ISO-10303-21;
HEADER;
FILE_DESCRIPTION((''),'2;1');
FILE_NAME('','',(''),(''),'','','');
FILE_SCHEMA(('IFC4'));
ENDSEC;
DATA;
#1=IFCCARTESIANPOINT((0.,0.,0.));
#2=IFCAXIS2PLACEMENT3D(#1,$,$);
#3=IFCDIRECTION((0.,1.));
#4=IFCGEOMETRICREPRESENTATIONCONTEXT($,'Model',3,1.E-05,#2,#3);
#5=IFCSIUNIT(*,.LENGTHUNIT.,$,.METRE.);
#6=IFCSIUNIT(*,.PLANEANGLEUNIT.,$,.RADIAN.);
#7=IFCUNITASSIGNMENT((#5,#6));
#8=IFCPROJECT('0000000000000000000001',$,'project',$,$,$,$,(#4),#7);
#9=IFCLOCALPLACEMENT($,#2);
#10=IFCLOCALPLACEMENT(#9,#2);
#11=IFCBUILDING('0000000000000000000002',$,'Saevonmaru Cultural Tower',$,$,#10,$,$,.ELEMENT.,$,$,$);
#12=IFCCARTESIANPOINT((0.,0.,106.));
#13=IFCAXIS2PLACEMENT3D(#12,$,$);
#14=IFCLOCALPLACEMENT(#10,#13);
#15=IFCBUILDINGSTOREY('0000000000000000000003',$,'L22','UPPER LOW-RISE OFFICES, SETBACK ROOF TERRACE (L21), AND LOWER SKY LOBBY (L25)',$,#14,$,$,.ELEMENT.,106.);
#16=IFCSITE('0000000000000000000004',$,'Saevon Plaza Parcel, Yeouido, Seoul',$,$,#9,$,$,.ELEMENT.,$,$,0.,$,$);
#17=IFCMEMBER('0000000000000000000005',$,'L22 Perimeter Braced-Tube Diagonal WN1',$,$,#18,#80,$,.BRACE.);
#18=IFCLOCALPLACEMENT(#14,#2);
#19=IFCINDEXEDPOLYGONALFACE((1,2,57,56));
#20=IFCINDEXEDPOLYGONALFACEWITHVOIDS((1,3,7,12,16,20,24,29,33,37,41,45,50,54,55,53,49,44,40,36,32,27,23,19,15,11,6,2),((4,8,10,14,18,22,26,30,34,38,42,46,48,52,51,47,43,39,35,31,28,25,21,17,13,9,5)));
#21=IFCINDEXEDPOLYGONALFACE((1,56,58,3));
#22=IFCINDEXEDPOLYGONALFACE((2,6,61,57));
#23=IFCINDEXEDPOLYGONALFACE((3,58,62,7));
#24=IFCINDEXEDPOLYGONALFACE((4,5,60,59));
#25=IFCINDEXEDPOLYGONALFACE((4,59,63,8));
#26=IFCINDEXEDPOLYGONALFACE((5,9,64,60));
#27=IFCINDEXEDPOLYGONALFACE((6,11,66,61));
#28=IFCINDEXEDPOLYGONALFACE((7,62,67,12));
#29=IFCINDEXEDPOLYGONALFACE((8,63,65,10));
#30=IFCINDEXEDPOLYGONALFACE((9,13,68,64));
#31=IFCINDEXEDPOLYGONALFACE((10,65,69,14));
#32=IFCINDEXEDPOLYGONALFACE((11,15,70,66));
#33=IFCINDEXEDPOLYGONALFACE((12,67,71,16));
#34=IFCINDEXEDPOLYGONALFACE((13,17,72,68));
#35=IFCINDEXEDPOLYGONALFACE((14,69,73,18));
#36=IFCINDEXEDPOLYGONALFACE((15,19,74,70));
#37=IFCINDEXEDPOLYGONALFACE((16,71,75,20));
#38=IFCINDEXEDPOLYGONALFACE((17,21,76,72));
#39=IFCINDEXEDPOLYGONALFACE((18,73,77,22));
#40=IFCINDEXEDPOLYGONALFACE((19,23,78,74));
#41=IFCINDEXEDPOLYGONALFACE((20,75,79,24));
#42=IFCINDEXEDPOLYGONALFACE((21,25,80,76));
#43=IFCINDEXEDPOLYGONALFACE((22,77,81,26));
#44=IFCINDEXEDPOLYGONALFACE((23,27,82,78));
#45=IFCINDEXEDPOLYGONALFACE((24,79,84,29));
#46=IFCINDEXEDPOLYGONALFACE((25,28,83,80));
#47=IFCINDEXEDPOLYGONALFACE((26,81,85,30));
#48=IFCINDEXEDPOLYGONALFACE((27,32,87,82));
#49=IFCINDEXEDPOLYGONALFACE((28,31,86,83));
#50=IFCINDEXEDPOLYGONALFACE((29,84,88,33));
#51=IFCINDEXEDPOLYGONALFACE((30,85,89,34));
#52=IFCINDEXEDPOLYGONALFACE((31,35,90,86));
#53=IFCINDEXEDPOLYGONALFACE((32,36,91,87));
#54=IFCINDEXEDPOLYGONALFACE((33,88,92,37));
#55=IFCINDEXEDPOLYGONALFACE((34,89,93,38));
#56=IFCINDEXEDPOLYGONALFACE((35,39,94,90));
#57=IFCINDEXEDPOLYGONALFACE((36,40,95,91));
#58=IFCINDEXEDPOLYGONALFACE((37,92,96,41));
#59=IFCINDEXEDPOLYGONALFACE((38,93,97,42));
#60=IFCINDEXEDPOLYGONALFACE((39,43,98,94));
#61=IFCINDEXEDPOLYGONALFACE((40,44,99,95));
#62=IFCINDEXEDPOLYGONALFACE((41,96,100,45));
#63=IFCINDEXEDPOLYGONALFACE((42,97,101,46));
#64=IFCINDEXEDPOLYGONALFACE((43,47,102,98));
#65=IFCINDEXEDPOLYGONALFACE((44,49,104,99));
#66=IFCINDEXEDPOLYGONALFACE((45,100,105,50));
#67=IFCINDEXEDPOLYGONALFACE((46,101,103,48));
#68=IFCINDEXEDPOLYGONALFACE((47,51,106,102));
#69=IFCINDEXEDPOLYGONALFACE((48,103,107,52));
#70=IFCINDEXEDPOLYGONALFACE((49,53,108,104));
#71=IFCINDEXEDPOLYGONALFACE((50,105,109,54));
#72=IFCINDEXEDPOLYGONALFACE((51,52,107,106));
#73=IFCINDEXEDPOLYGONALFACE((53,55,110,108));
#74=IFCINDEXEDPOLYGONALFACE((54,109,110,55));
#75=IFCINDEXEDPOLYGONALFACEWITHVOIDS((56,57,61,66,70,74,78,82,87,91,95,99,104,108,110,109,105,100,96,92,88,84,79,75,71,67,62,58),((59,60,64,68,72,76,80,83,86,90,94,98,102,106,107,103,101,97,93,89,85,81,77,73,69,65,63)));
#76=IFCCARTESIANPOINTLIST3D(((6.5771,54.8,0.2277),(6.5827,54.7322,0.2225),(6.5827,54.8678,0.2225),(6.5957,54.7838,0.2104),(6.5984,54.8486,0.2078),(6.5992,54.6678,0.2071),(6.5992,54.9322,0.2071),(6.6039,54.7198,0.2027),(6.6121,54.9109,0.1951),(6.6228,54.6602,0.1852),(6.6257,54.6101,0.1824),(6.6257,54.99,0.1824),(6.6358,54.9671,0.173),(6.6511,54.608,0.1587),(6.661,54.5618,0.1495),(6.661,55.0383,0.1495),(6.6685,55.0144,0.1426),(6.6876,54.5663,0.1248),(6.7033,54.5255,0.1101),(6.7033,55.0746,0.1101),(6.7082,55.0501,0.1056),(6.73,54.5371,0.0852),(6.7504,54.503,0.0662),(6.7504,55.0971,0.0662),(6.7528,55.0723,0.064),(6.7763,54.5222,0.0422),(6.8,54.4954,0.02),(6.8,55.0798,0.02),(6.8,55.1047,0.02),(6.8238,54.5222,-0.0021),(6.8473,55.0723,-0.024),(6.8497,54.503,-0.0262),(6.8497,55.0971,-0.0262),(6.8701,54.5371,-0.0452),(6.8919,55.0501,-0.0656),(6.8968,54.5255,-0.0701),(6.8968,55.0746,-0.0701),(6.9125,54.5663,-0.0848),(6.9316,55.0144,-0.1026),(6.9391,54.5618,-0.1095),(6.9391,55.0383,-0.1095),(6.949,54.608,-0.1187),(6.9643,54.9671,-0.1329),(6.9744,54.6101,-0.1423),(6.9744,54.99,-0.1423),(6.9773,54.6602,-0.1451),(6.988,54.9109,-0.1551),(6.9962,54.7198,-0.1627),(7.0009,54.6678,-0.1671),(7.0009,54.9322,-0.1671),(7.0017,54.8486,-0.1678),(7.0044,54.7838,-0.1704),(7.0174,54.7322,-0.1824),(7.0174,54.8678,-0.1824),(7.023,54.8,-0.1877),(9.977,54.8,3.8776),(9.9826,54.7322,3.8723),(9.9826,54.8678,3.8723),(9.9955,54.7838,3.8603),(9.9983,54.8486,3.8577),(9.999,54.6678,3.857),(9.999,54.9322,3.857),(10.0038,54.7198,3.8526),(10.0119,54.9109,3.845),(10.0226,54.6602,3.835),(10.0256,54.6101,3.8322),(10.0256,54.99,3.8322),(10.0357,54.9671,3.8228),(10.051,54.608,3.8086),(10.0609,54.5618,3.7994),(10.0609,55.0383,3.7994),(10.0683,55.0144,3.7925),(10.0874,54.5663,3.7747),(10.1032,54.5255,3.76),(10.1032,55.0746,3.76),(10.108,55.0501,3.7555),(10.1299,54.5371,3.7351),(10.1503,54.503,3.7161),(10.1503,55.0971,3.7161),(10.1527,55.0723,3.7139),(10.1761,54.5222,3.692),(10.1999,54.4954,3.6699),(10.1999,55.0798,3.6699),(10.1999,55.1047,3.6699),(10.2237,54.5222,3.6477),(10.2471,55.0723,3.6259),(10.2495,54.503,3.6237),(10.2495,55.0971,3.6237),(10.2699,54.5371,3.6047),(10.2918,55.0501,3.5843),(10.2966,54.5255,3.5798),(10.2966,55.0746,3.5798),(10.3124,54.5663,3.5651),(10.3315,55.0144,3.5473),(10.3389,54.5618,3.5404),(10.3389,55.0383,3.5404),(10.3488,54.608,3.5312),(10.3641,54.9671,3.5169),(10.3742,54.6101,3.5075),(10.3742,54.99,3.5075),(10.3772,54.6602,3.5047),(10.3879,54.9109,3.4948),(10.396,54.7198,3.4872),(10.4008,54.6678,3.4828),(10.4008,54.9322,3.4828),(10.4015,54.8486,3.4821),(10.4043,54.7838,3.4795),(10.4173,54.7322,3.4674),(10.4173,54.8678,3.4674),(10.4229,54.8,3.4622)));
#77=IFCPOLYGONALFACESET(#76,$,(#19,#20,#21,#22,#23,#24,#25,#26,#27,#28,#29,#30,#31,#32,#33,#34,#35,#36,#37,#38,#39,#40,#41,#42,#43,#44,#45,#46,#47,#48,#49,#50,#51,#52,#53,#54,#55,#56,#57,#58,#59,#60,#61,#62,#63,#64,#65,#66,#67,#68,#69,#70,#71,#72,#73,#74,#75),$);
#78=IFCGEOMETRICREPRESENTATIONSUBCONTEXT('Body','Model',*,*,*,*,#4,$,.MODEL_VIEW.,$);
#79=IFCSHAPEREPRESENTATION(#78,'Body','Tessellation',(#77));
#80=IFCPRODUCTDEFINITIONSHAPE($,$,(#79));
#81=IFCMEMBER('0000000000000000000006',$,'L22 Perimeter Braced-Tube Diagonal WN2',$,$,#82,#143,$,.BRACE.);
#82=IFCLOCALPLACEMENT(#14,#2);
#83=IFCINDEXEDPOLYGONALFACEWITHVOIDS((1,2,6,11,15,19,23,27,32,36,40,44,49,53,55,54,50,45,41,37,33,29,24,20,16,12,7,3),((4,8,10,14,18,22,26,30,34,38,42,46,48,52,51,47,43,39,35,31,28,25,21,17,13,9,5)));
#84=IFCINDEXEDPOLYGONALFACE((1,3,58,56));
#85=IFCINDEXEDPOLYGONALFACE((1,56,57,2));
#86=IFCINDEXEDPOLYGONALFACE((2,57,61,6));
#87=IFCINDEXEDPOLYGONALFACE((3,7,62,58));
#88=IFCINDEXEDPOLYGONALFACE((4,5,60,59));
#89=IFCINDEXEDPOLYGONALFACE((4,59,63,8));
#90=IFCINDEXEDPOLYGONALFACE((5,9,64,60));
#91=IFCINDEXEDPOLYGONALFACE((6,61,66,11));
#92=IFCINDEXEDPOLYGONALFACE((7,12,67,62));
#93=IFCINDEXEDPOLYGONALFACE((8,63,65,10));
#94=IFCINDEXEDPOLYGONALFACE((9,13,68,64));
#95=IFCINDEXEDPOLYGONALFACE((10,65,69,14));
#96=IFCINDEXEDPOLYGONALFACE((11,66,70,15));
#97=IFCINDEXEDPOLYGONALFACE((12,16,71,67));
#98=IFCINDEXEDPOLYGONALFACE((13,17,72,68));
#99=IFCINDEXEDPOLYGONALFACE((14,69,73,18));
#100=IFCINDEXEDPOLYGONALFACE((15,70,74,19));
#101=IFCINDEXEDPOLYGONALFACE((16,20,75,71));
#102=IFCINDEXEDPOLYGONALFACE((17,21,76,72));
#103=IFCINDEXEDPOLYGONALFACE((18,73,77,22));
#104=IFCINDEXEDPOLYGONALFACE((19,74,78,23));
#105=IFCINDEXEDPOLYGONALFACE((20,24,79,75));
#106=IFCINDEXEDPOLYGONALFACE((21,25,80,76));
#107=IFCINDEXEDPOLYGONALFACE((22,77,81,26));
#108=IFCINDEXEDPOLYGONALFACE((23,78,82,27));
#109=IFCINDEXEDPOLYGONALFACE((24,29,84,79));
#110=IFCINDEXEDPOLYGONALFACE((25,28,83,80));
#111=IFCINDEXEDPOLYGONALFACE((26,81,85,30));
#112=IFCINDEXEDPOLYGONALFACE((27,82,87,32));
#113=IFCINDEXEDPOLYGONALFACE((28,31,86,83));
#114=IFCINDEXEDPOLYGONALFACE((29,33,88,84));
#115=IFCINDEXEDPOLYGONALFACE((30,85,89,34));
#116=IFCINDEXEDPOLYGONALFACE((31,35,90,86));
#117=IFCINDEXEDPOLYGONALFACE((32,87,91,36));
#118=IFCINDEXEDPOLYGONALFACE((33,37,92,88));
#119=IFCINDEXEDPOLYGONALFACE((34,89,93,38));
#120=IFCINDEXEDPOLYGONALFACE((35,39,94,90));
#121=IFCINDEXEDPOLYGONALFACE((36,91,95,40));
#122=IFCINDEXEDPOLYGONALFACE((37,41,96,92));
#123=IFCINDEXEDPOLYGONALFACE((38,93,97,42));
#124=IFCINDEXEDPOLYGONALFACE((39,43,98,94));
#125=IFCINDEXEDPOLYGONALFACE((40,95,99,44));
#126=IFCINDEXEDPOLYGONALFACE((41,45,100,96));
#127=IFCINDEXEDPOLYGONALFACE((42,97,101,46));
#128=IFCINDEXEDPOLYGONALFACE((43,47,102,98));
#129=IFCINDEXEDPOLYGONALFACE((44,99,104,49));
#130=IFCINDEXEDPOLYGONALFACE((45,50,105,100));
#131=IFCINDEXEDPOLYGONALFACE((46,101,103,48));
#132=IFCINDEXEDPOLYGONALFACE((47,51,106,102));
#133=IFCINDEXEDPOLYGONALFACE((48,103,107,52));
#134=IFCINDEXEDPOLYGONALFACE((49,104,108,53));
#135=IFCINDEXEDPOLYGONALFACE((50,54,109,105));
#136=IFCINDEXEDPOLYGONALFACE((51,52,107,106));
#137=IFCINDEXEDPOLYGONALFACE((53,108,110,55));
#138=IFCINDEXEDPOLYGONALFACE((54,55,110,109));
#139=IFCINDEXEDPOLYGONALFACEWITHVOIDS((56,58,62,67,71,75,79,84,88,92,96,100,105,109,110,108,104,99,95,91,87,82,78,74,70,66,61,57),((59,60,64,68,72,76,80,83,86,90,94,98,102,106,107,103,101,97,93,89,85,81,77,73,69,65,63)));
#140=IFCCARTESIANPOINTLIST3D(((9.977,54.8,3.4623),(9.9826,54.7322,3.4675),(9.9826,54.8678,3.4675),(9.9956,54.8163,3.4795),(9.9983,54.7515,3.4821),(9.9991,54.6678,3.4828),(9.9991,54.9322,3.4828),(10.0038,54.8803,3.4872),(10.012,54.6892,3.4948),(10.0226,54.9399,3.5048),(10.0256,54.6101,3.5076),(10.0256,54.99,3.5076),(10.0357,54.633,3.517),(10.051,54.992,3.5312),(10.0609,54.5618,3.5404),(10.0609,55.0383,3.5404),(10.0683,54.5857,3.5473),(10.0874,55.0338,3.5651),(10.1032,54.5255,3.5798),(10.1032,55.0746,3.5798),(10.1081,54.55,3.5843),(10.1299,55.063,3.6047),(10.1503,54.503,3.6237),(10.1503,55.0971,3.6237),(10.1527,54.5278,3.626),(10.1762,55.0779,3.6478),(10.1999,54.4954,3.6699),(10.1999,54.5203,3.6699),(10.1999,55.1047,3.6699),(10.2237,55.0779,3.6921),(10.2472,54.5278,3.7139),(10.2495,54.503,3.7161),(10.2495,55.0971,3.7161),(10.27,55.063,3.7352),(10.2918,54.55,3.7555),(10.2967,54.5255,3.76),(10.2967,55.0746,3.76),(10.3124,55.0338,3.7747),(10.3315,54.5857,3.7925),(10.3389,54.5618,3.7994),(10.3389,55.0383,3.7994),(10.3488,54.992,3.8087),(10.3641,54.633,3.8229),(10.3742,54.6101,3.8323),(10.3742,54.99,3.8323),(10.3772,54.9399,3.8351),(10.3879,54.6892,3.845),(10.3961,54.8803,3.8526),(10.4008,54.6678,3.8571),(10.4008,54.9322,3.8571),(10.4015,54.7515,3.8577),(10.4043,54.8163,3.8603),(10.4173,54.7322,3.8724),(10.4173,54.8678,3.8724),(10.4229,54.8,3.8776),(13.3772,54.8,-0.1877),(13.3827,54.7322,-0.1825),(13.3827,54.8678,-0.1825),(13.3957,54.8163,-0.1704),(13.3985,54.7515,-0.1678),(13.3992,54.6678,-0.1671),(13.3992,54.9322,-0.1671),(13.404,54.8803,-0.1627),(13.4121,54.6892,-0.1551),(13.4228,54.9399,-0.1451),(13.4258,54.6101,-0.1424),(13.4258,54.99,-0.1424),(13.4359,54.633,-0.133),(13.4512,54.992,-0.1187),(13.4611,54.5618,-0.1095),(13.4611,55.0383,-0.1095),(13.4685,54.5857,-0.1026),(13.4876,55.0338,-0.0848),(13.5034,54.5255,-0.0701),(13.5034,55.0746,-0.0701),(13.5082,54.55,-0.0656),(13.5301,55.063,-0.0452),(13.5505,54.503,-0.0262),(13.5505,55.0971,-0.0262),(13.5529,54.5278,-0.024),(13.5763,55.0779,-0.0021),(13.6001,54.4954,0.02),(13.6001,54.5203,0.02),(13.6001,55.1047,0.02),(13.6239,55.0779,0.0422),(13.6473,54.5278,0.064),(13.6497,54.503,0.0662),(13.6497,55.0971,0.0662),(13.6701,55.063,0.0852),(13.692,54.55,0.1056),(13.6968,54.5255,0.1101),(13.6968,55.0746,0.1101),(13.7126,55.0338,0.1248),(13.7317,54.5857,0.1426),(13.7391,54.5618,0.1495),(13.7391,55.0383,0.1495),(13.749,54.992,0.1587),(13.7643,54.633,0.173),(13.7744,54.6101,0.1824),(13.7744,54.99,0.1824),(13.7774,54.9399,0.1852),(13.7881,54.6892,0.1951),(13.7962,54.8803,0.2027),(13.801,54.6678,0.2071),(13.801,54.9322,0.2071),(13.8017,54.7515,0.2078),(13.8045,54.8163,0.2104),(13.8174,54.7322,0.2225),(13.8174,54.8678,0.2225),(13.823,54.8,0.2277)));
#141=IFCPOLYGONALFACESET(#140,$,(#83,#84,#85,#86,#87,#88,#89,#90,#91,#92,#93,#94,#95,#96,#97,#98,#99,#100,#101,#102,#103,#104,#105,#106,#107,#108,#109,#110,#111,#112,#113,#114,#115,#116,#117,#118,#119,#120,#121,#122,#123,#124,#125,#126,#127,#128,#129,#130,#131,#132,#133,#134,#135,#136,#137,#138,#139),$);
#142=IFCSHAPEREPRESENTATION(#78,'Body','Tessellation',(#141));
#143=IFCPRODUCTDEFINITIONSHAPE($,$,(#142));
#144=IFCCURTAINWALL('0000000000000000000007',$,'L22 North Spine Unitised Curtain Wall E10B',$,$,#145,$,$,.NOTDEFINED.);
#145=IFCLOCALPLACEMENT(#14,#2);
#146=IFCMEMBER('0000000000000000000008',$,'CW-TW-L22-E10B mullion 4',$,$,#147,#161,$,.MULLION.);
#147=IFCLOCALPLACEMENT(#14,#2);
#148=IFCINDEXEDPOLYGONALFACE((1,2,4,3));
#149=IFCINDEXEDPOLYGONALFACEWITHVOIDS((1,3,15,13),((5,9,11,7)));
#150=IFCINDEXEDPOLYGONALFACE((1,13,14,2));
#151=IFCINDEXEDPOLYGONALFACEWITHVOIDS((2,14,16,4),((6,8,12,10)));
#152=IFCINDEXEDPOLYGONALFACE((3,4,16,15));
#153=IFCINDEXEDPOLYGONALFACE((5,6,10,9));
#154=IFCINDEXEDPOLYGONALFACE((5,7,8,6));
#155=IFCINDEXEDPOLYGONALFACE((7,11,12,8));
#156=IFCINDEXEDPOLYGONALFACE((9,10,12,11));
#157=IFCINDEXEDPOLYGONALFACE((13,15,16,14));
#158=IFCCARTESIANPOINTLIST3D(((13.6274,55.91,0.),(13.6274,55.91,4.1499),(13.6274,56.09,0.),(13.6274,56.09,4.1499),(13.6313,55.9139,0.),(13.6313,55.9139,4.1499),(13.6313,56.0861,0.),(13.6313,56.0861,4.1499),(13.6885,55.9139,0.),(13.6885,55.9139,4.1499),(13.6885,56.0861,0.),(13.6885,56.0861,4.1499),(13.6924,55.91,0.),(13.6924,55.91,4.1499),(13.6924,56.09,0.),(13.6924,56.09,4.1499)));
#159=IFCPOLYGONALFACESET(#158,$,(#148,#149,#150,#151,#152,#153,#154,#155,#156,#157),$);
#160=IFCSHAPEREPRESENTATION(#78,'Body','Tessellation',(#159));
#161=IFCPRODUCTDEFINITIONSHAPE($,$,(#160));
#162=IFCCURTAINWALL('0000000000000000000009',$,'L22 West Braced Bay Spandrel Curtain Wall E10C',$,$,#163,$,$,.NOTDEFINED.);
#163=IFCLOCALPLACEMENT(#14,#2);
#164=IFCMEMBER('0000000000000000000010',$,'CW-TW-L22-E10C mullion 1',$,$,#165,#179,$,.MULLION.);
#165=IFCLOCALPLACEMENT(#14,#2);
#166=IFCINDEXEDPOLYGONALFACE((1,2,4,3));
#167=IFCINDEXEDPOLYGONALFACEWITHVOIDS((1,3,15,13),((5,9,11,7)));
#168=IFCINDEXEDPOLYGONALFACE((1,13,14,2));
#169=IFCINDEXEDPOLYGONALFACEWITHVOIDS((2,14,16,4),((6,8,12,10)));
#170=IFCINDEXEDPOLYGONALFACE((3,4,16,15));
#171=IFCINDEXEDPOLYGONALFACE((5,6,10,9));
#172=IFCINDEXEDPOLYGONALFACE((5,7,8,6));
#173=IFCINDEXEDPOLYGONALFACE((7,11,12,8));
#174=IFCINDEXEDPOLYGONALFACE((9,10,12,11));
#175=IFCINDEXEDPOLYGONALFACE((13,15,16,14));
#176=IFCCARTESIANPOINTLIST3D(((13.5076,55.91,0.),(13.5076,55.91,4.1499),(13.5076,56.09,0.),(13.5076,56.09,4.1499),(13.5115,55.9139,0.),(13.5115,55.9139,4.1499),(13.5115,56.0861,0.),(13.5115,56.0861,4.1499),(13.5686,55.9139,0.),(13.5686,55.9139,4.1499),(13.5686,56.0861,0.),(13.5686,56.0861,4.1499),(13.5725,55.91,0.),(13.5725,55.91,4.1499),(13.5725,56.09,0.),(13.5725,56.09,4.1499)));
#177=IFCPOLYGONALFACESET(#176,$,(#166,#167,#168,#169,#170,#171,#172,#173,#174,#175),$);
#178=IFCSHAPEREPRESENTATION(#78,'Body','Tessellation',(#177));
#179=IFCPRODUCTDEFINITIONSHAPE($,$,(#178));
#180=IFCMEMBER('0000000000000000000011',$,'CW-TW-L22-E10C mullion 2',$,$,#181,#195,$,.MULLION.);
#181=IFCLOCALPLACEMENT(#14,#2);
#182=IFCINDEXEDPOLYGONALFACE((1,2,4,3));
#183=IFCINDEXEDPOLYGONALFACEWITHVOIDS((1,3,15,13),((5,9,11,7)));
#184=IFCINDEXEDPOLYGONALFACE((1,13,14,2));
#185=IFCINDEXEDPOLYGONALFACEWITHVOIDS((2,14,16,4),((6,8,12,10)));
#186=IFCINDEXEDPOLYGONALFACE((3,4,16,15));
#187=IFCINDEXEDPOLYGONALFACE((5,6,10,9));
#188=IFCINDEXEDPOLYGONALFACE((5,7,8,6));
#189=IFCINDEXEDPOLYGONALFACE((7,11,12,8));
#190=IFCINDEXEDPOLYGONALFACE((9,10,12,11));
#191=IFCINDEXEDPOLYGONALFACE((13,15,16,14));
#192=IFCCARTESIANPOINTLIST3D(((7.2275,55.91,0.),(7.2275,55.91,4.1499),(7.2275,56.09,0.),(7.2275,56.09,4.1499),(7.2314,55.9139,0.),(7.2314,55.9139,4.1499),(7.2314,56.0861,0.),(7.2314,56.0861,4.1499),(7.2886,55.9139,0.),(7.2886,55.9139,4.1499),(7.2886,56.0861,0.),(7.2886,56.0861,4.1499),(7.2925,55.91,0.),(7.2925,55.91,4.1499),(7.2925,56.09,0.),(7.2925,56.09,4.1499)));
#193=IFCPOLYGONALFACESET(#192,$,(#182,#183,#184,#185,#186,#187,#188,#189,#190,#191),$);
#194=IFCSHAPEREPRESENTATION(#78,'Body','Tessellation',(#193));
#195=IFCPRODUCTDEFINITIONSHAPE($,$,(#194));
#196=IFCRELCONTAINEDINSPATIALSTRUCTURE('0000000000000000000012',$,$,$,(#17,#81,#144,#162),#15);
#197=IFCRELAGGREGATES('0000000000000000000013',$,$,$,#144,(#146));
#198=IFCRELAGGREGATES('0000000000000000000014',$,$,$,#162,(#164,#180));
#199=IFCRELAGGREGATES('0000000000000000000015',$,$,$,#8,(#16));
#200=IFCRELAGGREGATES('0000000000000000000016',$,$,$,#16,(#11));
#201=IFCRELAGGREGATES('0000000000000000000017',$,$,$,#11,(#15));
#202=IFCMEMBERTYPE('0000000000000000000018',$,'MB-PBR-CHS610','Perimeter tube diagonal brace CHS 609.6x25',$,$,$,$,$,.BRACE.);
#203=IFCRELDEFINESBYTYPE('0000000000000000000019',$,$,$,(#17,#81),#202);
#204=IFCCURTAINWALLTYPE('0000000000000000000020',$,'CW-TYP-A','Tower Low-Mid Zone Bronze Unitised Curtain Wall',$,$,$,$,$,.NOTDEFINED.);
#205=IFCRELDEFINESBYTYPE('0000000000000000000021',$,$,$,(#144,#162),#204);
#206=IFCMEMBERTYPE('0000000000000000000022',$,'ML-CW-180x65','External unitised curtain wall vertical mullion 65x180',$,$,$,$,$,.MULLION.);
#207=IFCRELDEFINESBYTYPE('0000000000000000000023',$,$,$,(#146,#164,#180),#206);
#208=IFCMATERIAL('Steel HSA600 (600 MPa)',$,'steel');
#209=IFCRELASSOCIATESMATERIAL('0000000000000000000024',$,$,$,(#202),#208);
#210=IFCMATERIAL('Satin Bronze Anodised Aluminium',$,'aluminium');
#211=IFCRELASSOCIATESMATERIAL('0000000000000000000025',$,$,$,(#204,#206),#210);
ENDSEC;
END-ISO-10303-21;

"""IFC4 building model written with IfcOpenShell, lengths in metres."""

from ifc_helpers import new_model, si_unit, direction, frame, origin, origin_2d, place, context, subcontext, project, spatial, hollow_rectangle, hollow_circle, extrude, material, material_profile, profile_set, type_object, element, aggregate, save


model = new_model("IFC4")

# Units and contexts
model_context = context("Model", 3, precision=1e-05, world=origin(), true_north=direction((0.0, 1.0)))
body_context = subcontext(model_context, "Body", "Model", "MODEL_VIEW")
ifc_project = project(units=[si_unit("LENGTHUNIT", "METRE"), si_unit("PLANEANGLEUNIT", "RADIAN")], contexts=[model_context])

# Site, building, storey
site_placement = place(None, origin())
site = spatial("IfcSite", under=ifc_project, at=site_placement, Name="Saevon Plaza Parcel, Yeouido, Seoul", CompositionType="ELEMENT", RefElevation=0.0)
building_placement = place(site_placement, origin())
building = spatial("IfcBuilding", under=site, at=building_placement, Name="Saevonmaru Cultural Tower", CompositionType="ELEMENT")
storey_placement = place(building_placement, frame((0.0, 0.0, 106.0)))
storey = spatial("IfcBuildingStorey", under=building, at=storey_placement, Name="L22", Description="UPPER LOW-RISE OFFICES, SETBACK ROOF TERRACE (L21), AND LOWER SKY LOBBY (L25)", CompositionType="ELEMENT", Elevation=106.0)

# Members
ifc_material_1 = material(Name="Steel HSA600 (600 MPa)", Category="steel")
ifc_material_profile_1 = material_profile(ifc_material_1, hollow_circle(Radius=0.3047, WallThickness=0.0249, at=origin_2d()), Name="CHS-609.6x25")
ifc_profile_set_1 = profile_set([ifc_material_profile_1], Name="Steel HSA600 (600 MPa)")
member_type_1 = type_object("IfcMemberType", Name="MB-PBR-CHS610", Description="Perimeter tube diagonal brace CHS 609.6x25", PredefinedType="BRACE", material=ifc_profile_set_1)
member_1_placement = place(storey_placement, frame((6.8, 54.8, 0.02), z_axis=(0.681603, 0.0, 0.731722), x_axis=(0.0, 1.0, 0.0)))
element("IfcMember", 1, at=member_1_placement, inside=storey, type_object=member_type_1, Name="L22 Perimeter Braced-Tube Diagonal WN1", PredefinedType="BRACE", context=body_context, shape_type="SweptSolid", body=[
    extrude(hollow_circle(Radius=0.3047, WallThickness=0.0249, at=origin_2d()), origin(), (0.0, 0.0, 1.0), 4.988),
])
member_2_placement = place(storey_placement, frame((13.6001, 54.8, 0.02), z_axis=(-0.681629, 0.0, 0.731698), x_axis=(0.0, -1.0, 0.0)))
element("IfcMember", 2, at=member_2_placement, inside=storey, type_object=member_type_1, Name="L22 Perimeter Braced-Tube Diagonal WN2", PredefinedType="BRACE", context=body_context, shape_type="SweptSolid", body=[
    extrude(hollow_circle(Radius=0.3047, WallThickness=0.0249, at=origin_2d()), origin(), (0.0, 0.0, 1.0), 4.9883),
])

# Curtain wall, member
ifc_material_2 = material(Name="Satin Bronze Anodised Aluminium", Category="aluminium")
curtain_wall_type = type_object("IfcCurtainWallType", Name="CW-TYP-A", Description="Tower Low-Mid Zone Bronze Unitised Curtain Wall", PredefinedType="NOTDEFINED", material=ifc_material_2)
curtain_wall_1_placement = place(storey_placement, origin())
curtain_wall_1 = element("IfcCurtainWall", 3, at=curtain_wall_1_placement, inside=storey, type_object=curtain_wall_type, Name="L22 North Spine Unitised Curtain Wall E10B", PredefinedType="NOTDEFINED")
ifc_material_profile_2 = material_profile(ifc_material_2, hollow_rectangle(XDim=0.0649, YDim=0.1799, WallThickness=0.0039, at=origin_2d()), Name="ALU-MULL-180x65x4")
ifc_profile_set_2 = profile_set([ifc_material_profile_2], Name="Satin Bronze Anodised Aluminium")
member_type_2 = type_object("IfcMemberType", Name="ML-CW-180x65", Description="External unitised curtain wall vertical mullion 65x180", PredefinedType="MULLION", material=ifc_profile_set_2)
member_3_placement = place(storey_placement, frame((13.6599, 56.0, 0.0), z_axis=(0.0, 0.0, 1.0), x_axis=(-1.0, 0.0, 0.0)))
member_3 = element("IfcMember", 4, at=member_3_placement, type_object=member_type_2, Name="CW-TW-L22-E10B mullion 4", PredefinedType="MULLION", context=body_context, shape_type="SweptSolid", body=[
    extrude(hollow_rectangle(XDim=0.0649, YDim=0.1799, WallThickness=0.0039, at=origin_2d()), origin(), (0.0, 0.0, 1.0), 4.1499),
])
aggregate(curtain_wall_1, [member_3])

# Curtain wall, members
curtain_wall_2_placement = place(storey_placement, origin())
curtain_wall_2 = element("IfcCurtainWall", 5, at=curtain_wall_2_placement, inside=storey, type_object=curtain_wall_type, Name="L22 West Braced Bay Spandrel Curtain Wall E10C", PredefinedType="NOTDEFINED")
member_4_placement = place(storey_placement, frame((13.54, 56.0, 0.0), z_axis=(0.0, 0.0, 1.0), x_axis=(-1.0, 0.0, 0.0)))
member_4 = element("IfcMember", 6, at=member_4_placement, type_object=member_type_2, Name="CW-TW-L22-E10C mullion 1", PredefinedType="MULLION", context=body_context, shape_type="SweptSolid", body=[
    extrude(hollow_rectangle(XDim=0.0649, YDim=0.1799, WallThickness=0.0039, at=origin_2d()), origin(), (0.0, 0.0, 1.0), 4.1499),
])
member_5_placement = place(storey_placement, frame((7.26, 56.0, 0.0), z_axis=(0.0, 0.0, 1.0), x_axis=(-1.0, 0.0, 0.0)))
member_5 = element("IfcMember", 7, at=member_5_placement, type_object=member_type_2, Name="CW-TW-L22-E10C mullion 2", PredefinedType="MULLION", context=body_context, shape_type="SweptSolid", body=[
    extrude(hollow_rectangle(XDim=0.0649, YDim=0.1799, WallThickness=0.0039, at=origin_2d()), origin(), (0.0, 0.0, 1.0), 4.1499),
])

aggregate(curtain_wall_2, [member_4, member_5])

save(model, "model.ifc")
